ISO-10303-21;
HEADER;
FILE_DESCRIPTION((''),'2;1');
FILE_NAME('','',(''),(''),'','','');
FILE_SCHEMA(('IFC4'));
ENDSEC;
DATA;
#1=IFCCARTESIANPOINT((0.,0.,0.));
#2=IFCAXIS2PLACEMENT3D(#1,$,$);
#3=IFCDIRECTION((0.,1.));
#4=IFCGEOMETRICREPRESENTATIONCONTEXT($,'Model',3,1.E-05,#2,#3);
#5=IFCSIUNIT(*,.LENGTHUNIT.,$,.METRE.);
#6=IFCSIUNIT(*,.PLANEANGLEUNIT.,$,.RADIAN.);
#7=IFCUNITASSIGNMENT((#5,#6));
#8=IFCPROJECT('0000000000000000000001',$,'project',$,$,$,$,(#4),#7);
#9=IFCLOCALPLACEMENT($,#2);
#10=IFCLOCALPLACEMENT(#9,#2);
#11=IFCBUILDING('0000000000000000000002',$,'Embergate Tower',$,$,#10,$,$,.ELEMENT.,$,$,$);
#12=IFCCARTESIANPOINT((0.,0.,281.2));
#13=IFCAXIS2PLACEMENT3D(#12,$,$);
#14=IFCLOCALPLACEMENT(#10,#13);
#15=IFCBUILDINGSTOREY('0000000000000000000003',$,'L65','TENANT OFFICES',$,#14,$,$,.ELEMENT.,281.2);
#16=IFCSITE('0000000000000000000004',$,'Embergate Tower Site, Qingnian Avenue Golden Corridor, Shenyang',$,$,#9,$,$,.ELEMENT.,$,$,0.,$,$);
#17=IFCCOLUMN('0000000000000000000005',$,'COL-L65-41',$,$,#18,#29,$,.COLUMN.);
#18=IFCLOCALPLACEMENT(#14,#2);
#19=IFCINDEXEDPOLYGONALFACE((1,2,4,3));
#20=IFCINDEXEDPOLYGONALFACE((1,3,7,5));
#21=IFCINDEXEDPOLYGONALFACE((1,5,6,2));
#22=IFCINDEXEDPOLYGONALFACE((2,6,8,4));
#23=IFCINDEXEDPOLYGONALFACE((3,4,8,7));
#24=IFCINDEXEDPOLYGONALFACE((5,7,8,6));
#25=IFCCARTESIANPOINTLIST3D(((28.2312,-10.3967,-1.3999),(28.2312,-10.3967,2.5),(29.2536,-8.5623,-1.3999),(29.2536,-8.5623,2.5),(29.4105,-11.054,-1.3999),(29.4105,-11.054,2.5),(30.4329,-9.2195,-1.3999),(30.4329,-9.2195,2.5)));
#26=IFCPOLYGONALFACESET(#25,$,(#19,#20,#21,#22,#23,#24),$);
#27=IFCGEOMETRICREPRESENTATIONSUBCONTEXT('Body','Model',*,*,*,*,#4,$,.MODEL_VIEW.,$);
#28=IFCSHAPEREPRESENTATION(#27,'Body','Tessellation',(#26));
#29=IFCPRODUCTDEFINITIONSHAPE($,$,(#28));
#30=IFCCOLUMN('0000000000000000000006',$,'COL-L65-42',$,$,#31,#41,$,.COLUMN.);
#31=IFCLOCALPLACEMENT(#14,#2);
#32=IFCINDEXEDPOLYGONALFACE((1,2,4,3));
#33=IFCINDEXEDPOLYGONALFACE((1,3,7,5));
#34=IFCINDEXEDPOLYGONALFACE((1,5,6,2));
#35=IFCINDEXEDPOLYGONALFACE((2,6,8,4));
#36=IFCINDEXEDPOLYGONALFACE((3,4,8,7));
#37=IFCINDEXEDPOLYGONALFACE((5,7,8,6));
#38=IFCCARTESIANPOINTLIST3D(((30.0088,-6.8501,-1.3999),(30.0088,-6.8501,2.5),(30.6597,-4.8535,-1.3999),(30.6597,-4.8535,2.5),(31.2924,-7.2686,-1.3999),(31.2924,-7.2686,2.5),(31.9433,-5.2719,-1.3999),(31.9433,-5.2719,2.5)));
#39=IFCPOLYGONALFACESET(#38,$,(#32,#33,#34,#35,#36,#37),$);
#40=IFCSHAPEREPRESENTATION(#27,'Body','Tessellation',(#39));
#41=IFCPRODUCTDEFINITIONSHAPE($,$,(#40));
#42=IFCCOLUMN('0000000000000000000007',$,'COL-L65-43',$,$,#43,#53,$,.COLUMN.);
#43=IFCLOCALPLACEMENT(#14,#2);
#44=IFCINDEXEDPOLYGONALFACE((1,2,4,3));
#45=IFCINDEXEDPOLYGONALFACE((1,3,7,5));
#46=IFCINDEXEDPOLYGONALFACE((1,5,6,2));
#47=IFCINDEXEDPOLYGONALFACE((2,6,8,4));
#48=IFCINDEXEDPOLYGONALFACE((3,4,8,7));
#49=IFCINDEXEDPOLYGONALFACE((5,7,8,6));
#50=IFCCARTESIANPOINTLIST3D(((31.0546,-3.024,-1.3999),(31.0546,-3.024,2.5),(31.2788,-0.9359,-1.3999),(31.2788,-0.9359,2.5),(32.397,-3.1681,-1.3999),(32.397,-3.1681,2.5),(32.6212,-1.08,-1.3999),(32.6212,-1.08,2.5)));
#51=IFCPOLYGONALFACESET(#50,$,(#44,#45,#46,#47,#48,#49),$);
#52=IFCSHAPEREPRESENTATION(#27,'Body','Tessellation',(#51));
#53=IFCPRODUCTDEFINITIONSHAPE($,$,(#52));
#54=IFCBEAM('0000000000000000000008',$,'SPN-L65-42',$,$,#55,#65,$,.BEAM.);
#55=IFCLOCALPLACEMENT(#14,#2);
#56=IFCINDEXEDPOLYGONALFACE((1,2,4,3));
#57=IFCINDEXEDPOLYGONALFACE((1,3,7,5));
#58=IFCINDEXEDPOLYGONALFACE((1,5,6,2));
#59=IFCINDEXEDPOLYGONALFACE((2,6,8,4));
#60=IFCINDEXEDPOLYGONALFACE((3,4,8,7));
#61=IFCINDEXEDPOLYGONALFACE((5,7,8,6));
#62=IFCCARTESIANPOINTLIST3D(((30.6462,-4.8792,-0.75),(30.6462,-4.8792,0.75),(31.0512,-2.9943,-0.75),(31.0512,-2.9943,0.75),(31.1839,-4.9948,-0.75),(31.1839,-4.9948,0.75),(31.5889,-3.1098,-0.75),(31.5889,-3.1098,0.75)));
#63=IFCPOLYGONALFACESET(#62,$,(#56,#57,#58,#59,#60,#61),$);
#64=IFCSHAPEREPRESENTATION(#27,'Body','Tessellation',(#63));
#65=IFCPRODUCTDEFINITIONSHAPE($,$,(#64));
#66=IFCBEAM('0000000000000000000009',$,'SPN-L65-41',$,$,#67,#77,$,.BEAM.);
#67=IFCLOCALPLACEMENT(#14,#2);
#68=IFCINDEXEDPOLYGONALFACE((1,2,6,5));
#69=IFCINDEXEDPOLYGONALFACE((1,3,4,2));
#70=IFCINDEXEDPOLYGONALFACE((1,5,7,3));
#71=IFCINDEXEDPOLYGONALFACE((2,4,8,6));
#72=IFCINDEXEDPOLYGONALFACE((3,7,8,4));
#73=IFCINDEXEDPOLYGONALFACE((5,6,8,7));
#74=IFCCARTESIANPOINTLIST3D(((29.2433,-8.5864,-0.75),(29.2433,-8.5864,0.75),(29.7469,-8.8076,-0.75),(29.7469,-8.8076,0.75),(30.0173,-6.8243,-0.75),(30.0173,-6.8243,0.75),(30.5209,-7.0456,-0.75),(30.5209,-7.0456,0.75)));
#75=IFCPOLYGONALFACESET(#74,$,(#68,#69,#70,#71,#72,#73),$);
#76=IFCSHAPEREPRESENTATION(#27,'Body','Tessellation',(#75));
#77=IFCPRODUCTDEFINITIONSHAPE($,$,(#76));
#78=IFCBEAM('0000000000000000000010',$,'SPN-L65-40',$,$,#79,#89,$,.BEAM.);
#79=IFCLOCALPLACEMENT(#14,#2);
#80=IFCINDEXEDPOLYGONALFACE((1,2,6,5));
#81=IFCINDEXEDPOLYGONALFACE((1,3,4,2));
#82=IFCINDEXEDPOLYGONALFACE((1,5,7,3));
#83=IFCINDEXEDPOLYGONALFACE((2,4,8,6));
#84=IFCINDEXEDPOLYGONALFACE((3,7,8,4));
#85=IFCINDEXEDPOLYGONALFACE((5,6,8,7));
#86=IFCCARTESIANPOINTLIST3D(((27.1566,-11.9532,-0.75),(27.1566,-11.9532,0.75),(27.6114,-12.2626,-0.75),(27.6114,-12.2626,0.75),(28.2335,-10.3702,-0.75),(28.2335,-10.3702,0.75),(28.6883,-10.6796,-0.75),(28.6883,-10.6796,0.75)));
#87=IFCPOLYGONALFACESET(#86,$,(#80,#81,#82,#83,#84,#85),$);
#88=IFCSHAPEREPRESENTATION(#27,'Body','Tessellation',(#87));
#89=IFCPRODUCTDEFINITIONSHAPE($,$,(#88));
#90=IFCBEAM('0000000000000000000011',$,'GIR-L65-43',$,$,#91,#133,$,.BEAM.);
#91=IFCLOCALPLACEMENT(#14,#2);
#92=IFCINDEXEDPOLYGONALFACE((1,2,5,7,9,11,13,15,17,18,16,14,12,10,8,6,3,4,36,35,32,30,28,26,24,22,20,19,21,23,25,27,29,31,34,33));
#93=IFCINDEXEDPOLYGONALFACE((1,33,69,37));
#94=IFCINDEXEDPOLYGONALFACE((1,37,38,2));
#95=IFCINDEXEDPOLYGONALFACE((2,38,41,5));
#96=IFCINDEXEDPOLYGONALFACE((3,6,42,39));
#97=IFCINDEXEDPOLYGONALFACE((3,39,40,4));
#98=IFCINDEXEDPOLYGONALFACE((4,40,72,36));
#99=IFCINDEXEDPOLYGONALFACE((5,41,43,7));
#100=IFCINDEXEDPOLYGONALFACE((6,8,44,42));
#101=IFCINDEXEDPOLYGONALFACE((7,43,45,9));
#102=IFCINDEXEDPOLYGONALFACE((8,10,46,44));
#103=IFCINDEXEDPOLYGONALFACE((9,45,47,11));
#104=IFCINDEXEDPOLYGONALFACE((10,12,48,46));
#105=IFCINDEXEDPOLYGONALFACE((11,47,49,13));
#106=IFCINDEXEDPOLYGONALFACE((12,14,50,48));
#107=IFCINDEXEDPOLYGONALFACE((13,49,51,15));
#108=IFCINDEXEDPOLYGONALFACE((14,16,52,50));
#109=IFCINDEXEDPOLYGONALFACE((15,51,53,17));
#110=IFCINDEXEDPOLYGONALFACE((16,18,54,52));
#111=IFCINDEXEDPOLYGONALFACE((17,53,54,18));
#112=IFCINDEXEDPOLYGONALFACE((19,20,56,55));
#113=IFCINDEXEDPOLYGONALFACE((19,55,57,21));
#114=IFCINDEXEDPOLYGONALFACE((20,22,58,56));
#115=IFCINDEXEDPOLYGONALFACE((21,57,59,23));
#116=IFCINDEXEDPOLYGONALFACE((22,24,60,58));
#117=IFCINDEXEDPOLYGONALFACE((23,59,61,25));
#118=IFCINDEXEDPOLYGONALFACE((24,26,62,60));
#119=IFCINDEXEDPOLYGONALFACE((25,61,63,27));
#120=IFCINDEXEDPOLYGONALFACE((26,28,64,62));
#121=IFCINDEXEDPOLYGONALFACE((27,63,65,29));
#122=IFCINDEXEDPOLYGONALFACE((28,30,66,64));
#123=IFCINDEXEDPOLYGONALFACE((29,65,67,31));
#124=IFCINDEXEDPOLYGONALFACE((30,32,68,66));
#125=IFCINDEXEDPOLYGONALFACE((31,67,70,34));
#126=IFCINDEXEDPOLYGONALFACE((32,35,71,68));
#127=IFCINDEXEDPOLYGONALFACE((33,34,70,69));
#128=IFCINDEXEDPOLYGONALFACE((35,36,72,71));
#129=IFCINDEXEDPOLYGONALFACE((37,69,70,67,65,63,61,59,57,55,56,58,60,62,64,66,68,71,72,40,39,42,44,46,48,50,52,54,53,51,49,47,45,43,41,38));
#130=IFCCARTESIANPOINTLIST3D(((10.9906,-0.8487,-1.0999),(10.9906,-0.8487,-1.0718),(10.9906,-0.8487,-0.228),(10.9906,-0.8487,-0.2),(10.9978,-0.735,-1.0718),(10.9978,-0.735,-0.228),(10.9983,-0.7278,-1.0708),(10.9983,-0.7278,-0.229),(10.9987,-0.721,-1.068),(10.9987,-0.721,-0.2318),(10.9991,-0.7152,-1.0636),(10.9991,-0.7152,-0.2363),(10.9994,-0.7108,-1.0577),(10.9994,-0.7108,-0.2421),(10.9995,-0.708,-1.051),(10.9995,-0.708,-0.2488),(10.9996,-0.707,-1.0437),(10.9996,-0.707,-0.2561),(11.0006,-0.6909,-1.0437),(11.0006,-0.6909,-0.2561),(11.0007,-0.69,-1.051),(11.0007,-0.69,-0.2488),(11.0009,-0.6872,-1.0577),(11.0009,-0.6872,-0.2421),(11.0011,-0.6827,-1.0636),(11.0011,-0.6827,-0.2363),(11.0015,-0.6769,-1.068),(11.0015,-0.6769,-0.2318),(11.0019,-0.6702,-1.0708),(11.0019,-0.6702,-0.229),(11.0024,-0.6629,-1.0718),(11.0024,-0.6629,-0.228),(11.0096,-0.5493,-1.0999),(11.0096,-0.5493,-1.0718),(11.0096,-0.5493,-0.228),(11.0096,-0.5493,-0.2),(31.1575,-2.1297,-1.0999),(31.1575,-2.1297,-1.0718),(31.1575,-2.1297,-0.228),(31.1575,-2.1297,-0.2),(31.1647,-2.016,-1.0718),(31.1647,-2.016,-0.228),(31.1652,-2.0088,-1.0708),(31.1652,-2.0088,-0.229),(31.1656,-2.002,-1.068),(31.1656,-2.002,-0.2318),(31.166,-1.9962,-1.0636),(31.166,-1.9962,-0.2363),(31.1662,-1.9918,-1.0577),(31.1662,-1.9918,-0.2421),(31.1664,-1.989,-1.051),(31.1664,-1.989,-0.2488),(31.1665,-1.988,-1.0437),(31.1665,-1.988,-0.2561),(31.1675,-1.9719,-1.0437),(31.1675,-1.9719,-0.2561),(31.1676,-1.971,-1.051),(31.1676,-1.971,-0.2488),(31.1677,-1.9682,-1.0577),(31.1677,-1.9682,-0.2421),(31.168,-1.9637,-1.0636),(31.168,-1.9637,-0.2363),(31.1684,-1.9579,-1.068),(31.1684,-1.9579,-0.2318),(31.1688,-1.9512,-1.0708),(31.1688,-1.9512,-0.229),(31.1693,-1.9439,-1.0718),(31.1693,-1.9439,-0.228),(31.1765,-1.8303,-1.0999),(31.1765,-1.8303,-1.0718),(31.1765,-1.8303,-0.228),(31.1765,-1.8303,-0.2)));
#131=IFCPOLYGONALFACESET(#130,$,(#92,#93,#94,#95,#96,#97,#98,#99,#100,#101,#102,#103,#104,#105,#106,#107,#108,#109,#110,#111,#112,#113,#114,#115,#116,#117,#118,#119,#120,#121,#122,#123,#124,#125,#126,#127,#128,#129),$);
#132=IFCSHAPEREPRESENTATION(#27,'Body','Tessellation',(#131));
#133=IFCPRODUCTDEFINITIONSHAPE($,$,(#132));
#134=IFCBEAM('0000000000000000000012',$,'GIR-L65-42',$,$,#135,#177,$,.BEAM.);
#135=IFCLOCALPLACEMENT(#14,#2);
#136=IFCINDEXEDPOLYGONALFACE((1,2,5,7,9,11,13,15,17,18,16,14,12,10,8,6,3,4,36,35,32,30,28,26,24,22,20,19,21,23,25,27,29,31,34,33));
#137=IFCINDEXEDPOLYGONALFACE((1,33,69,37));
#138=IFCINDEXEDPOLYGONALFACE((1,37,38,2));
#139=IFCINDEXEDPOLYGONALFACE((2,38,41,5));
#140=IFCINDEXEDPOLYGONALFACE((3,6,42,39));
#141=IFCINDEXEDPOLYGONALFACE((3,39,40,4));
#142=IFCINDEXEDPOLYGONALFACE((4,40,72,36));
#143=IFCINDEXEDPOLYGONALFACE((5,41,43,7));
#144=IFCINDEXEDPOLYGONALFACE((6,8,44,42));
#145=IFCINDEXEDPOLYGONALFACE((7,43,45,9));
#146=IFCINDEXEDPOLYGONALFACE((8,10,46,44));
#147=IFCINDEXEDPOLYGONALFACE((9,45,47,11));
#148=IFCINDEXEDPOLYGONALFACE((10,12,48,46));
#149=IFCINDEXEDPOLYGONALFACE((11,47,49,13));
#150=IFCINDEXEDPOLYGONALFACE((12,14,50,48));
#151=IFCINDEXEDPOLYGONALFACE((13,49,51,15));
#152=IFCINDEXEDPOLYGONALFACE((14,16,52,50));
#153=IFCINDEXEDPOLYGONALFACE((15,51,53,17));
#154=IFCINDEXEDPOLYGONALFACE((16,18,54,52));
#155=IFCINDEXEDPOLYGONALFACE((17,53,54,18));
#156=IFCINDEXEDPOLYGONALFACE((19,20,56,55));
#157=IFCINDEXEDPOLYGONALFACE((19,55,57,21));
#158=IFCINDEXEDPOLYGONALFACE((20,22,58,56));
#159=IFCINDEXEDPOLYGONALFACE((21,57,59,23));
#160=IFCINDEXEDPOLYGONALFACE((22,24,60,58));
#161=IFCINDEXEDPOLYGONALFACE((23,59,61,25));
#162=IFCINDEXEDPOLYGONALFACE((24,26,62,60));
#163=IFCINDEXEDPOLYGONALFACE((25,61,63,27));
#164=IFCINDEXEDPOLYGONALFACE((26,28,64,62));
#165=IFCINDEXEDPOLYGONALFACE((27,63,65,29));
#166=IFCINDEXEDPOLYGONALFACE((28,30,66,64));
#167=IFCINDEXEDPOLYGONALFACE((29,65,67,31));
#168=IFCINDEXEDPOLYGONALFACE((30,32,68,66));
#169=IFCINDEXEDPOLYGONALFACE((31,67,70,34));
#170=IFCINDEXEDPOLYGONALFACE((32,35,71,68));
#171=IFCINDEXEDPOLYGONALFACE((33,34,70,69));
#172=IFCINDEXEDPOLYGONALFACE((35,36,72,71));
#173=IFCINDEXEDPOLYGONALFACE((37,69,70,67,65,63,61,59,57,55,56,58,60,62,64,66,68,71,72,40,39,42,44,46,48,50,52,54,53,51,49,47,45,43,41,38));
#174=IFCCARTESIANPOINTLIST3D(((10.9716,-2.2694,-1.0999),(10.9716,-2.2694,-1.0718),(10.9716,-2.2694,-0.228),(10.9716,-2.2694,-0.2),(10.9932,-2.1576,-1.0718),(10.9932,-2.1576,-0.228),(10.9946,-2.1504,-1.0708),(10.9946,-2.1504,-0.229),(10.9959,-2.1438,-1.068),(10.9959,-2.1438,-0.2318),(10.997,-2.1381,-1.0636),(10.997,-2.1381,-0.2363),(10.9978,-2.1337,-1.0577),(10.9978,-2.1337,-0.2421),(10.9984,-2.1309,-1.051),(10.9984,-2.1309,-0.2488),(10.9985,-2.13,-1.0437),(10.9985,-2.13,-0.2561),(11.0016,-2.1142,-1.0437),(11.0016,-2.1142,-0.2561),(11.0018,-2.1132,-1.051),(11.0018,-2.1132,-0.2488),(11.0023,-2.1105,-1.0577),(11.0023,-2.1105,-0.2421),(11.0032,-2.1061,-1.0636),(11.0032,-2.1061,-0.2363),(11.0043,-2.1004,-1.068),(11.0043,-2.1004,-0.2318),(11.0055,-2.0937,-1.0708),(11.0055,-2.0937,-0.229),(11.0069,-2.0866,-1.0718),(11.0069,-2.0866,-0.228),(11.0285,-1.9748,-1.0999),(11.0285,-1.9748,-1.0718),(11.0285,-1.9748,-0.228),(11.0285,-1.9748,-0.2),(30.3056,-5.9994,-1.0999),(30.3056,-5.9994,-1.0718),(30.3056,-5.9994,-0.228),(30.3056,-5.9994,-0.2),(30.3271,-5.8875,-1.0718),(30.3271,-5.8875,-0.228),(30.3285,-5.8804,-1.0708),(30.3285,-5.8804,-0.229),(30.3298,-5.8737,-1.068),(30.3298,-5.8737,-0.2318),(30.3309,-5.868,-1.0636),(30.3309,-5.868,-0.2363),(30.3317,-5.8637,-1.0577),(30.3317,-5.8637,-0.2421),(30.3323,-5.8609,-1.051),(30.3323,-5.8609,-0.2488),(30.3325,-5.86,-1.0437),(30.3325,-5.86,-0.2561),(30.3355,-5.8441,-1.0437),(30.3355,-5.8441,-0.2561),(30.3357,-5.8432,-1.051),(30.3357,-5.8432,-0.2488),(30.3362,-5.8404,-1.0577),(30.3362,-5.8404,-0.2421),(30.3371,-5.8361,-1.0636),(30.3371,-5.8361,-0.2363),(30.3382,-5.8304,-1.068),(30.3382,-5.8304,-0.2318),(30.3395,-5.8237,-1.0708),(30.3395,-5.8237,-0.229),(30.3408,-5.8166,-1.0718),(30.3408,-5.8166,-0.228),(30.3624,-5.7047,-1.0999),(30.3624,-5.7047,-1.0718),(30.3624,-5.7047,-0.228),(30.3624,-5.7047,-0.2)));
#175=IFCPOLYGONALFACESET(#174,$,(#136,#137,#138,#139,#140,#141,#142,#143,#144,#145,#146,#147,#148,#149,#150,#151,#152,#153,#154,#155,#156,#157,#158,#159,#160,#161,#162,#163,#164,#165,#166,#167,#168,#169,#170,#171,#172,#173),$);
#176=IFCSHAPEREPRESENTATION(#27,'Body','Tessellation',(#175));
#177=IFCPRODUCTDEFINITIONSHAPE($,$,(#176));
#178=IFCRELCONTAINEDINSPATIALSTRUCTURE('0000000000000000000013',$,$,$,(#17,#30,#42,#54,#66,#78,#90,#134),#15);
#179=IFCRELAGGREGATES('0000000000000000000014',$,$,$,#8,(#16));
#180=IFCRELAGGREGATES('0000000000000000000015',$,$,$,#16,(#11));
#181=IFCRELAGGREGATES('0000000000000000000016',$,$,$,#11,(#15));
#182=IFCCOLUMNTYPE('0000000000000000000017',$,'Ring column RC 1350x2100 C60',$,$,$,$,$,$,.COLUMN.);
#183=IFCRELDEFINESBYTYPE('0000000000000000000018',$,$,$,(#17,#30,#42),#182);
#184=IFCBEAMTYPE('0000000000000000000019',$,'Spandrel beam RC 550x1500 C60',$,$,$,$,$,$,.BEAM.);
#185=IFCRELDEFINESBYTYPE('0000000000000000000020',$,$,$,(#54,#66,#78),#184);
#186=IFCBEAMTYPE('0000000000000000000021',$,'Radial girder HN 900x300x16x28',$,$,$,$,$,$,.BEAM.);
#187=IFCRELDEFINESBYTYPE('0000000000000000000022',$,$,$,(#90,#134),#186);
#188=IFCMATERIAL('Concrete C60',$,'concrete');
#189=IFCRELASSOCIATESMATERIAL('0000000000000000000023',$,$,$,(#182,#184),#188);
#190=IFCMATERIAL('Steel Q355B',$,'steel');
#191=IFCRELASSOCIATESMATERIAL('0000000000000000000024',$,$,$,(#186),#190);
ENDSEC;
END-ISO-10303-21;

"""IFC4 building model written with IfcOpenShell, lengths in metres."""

from ifc_helpers import new_model, si_unit, direction, frame, origin, origin_2d, place, context, subcontext, project, spatial, rectangle, i_section, extrude, source, transform, mapped, material, material_profile, profile_set, type_object, element, save


model = new_model("IFC4")

# Units and contexts
model_context = context("Model", 3, precision=1e-05, world=origin(), true_north=direction((0.0, 1.0)))
body_context = subcontext(model_context, "Body", "Model", "MODEL_VIEW")
ifc_project = project(units=[si_unit("LENGTHUNIT", "METRE"), si_unit("PLANEANGLEUNIT", "RADIAN")], contexts=[model_context])

# Site, building, storey
site_placement = place(None, origin())
site = spatial("IfcSite", under=ifc_project, at=site_placement, Name="Embergate Tower Site, Qingnian Avenue Golden Corridor, Shenyang", CompositionType="ELEMENT", RefElevation=0.0)
building_placement = place(site_placement, origin())
building = spatial("IfcBuilding", under=site, at=building_placement, Name="Embergate Tower", CompositionType="ELEMENT")
storey_placement = place(building_placement, frame((0.0, 0.0, 281.2)))
storey = spatial("IfcBuildingStorey", under=building, at=storey_placement, Name="L65", Description="TENANT OFFICES", CompositionType="ELEMENT", Elevation=281.2)

# Columns
ifc_material_1 = material(Name="Concrete C60", Category="concrete")
ifc_material_profile_1 = material_profile(ifc_material_1, rectangle(XDim=1.3501, YDim=2.1001, at=origin_2d()), Name="RC 1350x2100")
ifc_profile_set_1 = profile_set([ifc_material_profile_1], Name="Concrete C60")
column_type = type_object("IfcColumnType", Name="Ring column RC 1350x2100 C60", PredefinedType="COLUMN", material=ifc_profile_set_1)
shared_shape_1 = source(origin(), body_context, "Body", "SweptSolid", [
    extrude(rectangle(XDim=1.3501, YDim=2.1001, at=origin_2d()), origin(), (0.0, 0.0, 1.0), 3.8999),
])
for number, where, z_axis, x_axis, name in (
    (1, (29.332, -9.8081, -1.3999), (0.0, 0.0, 1.0), (0.873492, -0.486839, 0.0), "COL-L65-41"),
    (2, (30.9761, -6.061, -1.3999), (0.0, 0.0, 1.0), (0.950754, -0.309946, 0.0), "COL-L65-42"),
    (3, (31.8379, -2.052, -1.3999), (0.0, 0.0, 1.0), (0.994286, -0.10675, 0.0), "COL-L65-43"),
):
    element("IfcColumn", number, at=place(storey_placement, frame(where, z_axis=z_axis, x_axis=x_axis)), inside=storey, type_object=column_type, Name=name, PredefinedType="COLUMN", context=body_context, shape_type="MappedRepresentation", body=[
        mapped(shared_shape_1, transform((0.0, 0.0, 0.0))),
    ])

# Beams
ifc_material_profile_2 = material_profile(ifc_material_1, rectangle(XDim=0.55, YDim=1.5, at=origin_2d()), Name="RC 550x1500")
ifc_profile_set_2 = profile_set([ifc_material_profile_2], Name="Concrete C60")
beam_type_1 = type_object("IfcBeamType", Name="Spandrel beam RC 550x1500 C60", PredefinedType="BEAM", material=ifc_profile_set_2)
shared_shape_2 = source(origin(), body_context, "Body", "SweptSolid", [
    extrude(rectangle(XDim=0.55, YDim=1.5, at=origin_2d()), origin(), (0.0, 0.0, 1.0), 1.928),
])
beam_1_placement = place(storey_placement, frame((30.915, -4.937, 0.0), z_axis=(0.210074, 0.977686, 0.0), x_axis=(-0.977686, 0.210074, 0.0)))
element("IfcBeam", 4, at=beam_1_placement, inside=storey, type_object=beam_type_1, Name="SPN-L65-42", PredefinedType="BEAM", context=body_context, shape_type="MappedRepresentation", body=[
    mapped(shared_shape_2, transform((0.0, 0.0, 0.0))),
])
shared_shape_3 = source(origin(), body_context, "Body", "SweptSolid", [
    extrude(rectangle(XDim=0.55, YDim=1.5, at=origin_2d()), origin(), (0.0, 0.0, 1.0), 1.9246),
])
beam_2_placement = place(storey_placement, frame((29.4951, -8.697, 0.0), z_axis=(0.402156, 0.915571, 0.0), x_axis=(-0.915571, 0.402156, 0.0)))
element("IfcBeam", 5, at=beam_2_placement, inside=storey, type_object=beam_type_1, Name="SPN-L65-41", PredefinedType="BEAM", context=body_context, shape_type="MappedRepresentation", body=[
    mapped(shared_shape_3, transform((0.0, 0.0, 0.0))),
])
shared_shape_4 = source(origin(), body_context, "Body", "SweptSolid", [
    extrude(rectangle(XDim=0.55, YDim=1.5, at=origin_2d()), origin(), (0.0, 0.0, 1.0), 1.9146),
])
beam_3_placement = place(storey_placement, frame((27.384, -12.1079, 0.0), z_axis=(0.562474, 0.826815, 0.0), x_axis=(-0.826815, 0.562474, 0.0)))
element("IfcBeam", 6, at=beam_3_placement, inside=storey, type_object=beam_type_1, Name="SPN-L65-40", PredefinedType="BEAM", context=body_context, shape_type="MappedRepresentation", body=[
    mapped(shared_shape_4, transform((0.0, 0.0, 0.0))),
])
ifc_material_2 = material(Name="Steel Q355B", Category="steel")
ifc_material_profile_3 = material_profile(ifc_material_2, i_section(OverallWidth=0.3, OverallDepth=0.8999, WebThickness=0.0161, FlangeThickness=0.0281, FilletRadius=0.0281, at=origin_2d()), Name="HN 900x300x16x28")
ifc_profile_set_3 = profile_set([ifc_material_profile_3], Name="Steel Q355 grade B")
beam_type_2 = type_object("IfcBeamType", Name="Radial girder HN 900x300x16x28", PredefinedType="BEAM", material=ifc_profile_set_3)
shared_shape_5 = source(origin(), body_context, "Body", "SweptSolid", [
    extrude(i_section(OverallWidth=0.3, OverallDepth=0.8999, WebThickness=0.0161, FlangeThickness=0.0281, FilletRadius=0.0281, at=origin_2d()), origin(), (0.0, 0.0, 1.0), 20.2075),
])
beam_4_placement = place(storey_placement, frame((31.167, -1.98, -0.6499), z_axis=(-0.997989, 0.063392, 0.0), x_axis=(-0.063392, -0.997989, 0.0)))
element("IfcBeam", 7, at=beam_4_placement, inside=storey, type_object=beam_type_2, Name="GIR-L65-43", PredefinedType="BEAM", context=body_context, shape_type="MappedRepresentation", body=[
    mapped(shared_shape_5, transform((0.0, 0.0, 0.0))),
])
shared_shape_6 = source(origin(), body_context, "Body", "SweptSolid", [
    extrude(i_section(OverallWidth=0.3, OverallDepth=0.8999, WebThickness=0.0161, FlangeThickness=0.0281, FilletRadius=0.0281, at=origin_2d()), origin(), (0.0, 0.0, 1.0), 19.6904),
])
beam_5_placement = place(storey_placement, frame((30.334, -5.8521, -0.6499), z_axis=(-0.981894, 0.18943, 0.0), x_axis=(-0.18943, -0.981894, 0.0)))
element("IfcBeam", 8, at=beam_5_placement, inside=storey, type_object=beam_type_2, Name="GIR-L65-42", PredefinedType="BEAM", context=body_context, shape_type="MappedRepresentation", body=[
    mapped(shared_shape_6, transform((0.0, 0.0, 0.0))),
])

save(model, "model.ifc")
